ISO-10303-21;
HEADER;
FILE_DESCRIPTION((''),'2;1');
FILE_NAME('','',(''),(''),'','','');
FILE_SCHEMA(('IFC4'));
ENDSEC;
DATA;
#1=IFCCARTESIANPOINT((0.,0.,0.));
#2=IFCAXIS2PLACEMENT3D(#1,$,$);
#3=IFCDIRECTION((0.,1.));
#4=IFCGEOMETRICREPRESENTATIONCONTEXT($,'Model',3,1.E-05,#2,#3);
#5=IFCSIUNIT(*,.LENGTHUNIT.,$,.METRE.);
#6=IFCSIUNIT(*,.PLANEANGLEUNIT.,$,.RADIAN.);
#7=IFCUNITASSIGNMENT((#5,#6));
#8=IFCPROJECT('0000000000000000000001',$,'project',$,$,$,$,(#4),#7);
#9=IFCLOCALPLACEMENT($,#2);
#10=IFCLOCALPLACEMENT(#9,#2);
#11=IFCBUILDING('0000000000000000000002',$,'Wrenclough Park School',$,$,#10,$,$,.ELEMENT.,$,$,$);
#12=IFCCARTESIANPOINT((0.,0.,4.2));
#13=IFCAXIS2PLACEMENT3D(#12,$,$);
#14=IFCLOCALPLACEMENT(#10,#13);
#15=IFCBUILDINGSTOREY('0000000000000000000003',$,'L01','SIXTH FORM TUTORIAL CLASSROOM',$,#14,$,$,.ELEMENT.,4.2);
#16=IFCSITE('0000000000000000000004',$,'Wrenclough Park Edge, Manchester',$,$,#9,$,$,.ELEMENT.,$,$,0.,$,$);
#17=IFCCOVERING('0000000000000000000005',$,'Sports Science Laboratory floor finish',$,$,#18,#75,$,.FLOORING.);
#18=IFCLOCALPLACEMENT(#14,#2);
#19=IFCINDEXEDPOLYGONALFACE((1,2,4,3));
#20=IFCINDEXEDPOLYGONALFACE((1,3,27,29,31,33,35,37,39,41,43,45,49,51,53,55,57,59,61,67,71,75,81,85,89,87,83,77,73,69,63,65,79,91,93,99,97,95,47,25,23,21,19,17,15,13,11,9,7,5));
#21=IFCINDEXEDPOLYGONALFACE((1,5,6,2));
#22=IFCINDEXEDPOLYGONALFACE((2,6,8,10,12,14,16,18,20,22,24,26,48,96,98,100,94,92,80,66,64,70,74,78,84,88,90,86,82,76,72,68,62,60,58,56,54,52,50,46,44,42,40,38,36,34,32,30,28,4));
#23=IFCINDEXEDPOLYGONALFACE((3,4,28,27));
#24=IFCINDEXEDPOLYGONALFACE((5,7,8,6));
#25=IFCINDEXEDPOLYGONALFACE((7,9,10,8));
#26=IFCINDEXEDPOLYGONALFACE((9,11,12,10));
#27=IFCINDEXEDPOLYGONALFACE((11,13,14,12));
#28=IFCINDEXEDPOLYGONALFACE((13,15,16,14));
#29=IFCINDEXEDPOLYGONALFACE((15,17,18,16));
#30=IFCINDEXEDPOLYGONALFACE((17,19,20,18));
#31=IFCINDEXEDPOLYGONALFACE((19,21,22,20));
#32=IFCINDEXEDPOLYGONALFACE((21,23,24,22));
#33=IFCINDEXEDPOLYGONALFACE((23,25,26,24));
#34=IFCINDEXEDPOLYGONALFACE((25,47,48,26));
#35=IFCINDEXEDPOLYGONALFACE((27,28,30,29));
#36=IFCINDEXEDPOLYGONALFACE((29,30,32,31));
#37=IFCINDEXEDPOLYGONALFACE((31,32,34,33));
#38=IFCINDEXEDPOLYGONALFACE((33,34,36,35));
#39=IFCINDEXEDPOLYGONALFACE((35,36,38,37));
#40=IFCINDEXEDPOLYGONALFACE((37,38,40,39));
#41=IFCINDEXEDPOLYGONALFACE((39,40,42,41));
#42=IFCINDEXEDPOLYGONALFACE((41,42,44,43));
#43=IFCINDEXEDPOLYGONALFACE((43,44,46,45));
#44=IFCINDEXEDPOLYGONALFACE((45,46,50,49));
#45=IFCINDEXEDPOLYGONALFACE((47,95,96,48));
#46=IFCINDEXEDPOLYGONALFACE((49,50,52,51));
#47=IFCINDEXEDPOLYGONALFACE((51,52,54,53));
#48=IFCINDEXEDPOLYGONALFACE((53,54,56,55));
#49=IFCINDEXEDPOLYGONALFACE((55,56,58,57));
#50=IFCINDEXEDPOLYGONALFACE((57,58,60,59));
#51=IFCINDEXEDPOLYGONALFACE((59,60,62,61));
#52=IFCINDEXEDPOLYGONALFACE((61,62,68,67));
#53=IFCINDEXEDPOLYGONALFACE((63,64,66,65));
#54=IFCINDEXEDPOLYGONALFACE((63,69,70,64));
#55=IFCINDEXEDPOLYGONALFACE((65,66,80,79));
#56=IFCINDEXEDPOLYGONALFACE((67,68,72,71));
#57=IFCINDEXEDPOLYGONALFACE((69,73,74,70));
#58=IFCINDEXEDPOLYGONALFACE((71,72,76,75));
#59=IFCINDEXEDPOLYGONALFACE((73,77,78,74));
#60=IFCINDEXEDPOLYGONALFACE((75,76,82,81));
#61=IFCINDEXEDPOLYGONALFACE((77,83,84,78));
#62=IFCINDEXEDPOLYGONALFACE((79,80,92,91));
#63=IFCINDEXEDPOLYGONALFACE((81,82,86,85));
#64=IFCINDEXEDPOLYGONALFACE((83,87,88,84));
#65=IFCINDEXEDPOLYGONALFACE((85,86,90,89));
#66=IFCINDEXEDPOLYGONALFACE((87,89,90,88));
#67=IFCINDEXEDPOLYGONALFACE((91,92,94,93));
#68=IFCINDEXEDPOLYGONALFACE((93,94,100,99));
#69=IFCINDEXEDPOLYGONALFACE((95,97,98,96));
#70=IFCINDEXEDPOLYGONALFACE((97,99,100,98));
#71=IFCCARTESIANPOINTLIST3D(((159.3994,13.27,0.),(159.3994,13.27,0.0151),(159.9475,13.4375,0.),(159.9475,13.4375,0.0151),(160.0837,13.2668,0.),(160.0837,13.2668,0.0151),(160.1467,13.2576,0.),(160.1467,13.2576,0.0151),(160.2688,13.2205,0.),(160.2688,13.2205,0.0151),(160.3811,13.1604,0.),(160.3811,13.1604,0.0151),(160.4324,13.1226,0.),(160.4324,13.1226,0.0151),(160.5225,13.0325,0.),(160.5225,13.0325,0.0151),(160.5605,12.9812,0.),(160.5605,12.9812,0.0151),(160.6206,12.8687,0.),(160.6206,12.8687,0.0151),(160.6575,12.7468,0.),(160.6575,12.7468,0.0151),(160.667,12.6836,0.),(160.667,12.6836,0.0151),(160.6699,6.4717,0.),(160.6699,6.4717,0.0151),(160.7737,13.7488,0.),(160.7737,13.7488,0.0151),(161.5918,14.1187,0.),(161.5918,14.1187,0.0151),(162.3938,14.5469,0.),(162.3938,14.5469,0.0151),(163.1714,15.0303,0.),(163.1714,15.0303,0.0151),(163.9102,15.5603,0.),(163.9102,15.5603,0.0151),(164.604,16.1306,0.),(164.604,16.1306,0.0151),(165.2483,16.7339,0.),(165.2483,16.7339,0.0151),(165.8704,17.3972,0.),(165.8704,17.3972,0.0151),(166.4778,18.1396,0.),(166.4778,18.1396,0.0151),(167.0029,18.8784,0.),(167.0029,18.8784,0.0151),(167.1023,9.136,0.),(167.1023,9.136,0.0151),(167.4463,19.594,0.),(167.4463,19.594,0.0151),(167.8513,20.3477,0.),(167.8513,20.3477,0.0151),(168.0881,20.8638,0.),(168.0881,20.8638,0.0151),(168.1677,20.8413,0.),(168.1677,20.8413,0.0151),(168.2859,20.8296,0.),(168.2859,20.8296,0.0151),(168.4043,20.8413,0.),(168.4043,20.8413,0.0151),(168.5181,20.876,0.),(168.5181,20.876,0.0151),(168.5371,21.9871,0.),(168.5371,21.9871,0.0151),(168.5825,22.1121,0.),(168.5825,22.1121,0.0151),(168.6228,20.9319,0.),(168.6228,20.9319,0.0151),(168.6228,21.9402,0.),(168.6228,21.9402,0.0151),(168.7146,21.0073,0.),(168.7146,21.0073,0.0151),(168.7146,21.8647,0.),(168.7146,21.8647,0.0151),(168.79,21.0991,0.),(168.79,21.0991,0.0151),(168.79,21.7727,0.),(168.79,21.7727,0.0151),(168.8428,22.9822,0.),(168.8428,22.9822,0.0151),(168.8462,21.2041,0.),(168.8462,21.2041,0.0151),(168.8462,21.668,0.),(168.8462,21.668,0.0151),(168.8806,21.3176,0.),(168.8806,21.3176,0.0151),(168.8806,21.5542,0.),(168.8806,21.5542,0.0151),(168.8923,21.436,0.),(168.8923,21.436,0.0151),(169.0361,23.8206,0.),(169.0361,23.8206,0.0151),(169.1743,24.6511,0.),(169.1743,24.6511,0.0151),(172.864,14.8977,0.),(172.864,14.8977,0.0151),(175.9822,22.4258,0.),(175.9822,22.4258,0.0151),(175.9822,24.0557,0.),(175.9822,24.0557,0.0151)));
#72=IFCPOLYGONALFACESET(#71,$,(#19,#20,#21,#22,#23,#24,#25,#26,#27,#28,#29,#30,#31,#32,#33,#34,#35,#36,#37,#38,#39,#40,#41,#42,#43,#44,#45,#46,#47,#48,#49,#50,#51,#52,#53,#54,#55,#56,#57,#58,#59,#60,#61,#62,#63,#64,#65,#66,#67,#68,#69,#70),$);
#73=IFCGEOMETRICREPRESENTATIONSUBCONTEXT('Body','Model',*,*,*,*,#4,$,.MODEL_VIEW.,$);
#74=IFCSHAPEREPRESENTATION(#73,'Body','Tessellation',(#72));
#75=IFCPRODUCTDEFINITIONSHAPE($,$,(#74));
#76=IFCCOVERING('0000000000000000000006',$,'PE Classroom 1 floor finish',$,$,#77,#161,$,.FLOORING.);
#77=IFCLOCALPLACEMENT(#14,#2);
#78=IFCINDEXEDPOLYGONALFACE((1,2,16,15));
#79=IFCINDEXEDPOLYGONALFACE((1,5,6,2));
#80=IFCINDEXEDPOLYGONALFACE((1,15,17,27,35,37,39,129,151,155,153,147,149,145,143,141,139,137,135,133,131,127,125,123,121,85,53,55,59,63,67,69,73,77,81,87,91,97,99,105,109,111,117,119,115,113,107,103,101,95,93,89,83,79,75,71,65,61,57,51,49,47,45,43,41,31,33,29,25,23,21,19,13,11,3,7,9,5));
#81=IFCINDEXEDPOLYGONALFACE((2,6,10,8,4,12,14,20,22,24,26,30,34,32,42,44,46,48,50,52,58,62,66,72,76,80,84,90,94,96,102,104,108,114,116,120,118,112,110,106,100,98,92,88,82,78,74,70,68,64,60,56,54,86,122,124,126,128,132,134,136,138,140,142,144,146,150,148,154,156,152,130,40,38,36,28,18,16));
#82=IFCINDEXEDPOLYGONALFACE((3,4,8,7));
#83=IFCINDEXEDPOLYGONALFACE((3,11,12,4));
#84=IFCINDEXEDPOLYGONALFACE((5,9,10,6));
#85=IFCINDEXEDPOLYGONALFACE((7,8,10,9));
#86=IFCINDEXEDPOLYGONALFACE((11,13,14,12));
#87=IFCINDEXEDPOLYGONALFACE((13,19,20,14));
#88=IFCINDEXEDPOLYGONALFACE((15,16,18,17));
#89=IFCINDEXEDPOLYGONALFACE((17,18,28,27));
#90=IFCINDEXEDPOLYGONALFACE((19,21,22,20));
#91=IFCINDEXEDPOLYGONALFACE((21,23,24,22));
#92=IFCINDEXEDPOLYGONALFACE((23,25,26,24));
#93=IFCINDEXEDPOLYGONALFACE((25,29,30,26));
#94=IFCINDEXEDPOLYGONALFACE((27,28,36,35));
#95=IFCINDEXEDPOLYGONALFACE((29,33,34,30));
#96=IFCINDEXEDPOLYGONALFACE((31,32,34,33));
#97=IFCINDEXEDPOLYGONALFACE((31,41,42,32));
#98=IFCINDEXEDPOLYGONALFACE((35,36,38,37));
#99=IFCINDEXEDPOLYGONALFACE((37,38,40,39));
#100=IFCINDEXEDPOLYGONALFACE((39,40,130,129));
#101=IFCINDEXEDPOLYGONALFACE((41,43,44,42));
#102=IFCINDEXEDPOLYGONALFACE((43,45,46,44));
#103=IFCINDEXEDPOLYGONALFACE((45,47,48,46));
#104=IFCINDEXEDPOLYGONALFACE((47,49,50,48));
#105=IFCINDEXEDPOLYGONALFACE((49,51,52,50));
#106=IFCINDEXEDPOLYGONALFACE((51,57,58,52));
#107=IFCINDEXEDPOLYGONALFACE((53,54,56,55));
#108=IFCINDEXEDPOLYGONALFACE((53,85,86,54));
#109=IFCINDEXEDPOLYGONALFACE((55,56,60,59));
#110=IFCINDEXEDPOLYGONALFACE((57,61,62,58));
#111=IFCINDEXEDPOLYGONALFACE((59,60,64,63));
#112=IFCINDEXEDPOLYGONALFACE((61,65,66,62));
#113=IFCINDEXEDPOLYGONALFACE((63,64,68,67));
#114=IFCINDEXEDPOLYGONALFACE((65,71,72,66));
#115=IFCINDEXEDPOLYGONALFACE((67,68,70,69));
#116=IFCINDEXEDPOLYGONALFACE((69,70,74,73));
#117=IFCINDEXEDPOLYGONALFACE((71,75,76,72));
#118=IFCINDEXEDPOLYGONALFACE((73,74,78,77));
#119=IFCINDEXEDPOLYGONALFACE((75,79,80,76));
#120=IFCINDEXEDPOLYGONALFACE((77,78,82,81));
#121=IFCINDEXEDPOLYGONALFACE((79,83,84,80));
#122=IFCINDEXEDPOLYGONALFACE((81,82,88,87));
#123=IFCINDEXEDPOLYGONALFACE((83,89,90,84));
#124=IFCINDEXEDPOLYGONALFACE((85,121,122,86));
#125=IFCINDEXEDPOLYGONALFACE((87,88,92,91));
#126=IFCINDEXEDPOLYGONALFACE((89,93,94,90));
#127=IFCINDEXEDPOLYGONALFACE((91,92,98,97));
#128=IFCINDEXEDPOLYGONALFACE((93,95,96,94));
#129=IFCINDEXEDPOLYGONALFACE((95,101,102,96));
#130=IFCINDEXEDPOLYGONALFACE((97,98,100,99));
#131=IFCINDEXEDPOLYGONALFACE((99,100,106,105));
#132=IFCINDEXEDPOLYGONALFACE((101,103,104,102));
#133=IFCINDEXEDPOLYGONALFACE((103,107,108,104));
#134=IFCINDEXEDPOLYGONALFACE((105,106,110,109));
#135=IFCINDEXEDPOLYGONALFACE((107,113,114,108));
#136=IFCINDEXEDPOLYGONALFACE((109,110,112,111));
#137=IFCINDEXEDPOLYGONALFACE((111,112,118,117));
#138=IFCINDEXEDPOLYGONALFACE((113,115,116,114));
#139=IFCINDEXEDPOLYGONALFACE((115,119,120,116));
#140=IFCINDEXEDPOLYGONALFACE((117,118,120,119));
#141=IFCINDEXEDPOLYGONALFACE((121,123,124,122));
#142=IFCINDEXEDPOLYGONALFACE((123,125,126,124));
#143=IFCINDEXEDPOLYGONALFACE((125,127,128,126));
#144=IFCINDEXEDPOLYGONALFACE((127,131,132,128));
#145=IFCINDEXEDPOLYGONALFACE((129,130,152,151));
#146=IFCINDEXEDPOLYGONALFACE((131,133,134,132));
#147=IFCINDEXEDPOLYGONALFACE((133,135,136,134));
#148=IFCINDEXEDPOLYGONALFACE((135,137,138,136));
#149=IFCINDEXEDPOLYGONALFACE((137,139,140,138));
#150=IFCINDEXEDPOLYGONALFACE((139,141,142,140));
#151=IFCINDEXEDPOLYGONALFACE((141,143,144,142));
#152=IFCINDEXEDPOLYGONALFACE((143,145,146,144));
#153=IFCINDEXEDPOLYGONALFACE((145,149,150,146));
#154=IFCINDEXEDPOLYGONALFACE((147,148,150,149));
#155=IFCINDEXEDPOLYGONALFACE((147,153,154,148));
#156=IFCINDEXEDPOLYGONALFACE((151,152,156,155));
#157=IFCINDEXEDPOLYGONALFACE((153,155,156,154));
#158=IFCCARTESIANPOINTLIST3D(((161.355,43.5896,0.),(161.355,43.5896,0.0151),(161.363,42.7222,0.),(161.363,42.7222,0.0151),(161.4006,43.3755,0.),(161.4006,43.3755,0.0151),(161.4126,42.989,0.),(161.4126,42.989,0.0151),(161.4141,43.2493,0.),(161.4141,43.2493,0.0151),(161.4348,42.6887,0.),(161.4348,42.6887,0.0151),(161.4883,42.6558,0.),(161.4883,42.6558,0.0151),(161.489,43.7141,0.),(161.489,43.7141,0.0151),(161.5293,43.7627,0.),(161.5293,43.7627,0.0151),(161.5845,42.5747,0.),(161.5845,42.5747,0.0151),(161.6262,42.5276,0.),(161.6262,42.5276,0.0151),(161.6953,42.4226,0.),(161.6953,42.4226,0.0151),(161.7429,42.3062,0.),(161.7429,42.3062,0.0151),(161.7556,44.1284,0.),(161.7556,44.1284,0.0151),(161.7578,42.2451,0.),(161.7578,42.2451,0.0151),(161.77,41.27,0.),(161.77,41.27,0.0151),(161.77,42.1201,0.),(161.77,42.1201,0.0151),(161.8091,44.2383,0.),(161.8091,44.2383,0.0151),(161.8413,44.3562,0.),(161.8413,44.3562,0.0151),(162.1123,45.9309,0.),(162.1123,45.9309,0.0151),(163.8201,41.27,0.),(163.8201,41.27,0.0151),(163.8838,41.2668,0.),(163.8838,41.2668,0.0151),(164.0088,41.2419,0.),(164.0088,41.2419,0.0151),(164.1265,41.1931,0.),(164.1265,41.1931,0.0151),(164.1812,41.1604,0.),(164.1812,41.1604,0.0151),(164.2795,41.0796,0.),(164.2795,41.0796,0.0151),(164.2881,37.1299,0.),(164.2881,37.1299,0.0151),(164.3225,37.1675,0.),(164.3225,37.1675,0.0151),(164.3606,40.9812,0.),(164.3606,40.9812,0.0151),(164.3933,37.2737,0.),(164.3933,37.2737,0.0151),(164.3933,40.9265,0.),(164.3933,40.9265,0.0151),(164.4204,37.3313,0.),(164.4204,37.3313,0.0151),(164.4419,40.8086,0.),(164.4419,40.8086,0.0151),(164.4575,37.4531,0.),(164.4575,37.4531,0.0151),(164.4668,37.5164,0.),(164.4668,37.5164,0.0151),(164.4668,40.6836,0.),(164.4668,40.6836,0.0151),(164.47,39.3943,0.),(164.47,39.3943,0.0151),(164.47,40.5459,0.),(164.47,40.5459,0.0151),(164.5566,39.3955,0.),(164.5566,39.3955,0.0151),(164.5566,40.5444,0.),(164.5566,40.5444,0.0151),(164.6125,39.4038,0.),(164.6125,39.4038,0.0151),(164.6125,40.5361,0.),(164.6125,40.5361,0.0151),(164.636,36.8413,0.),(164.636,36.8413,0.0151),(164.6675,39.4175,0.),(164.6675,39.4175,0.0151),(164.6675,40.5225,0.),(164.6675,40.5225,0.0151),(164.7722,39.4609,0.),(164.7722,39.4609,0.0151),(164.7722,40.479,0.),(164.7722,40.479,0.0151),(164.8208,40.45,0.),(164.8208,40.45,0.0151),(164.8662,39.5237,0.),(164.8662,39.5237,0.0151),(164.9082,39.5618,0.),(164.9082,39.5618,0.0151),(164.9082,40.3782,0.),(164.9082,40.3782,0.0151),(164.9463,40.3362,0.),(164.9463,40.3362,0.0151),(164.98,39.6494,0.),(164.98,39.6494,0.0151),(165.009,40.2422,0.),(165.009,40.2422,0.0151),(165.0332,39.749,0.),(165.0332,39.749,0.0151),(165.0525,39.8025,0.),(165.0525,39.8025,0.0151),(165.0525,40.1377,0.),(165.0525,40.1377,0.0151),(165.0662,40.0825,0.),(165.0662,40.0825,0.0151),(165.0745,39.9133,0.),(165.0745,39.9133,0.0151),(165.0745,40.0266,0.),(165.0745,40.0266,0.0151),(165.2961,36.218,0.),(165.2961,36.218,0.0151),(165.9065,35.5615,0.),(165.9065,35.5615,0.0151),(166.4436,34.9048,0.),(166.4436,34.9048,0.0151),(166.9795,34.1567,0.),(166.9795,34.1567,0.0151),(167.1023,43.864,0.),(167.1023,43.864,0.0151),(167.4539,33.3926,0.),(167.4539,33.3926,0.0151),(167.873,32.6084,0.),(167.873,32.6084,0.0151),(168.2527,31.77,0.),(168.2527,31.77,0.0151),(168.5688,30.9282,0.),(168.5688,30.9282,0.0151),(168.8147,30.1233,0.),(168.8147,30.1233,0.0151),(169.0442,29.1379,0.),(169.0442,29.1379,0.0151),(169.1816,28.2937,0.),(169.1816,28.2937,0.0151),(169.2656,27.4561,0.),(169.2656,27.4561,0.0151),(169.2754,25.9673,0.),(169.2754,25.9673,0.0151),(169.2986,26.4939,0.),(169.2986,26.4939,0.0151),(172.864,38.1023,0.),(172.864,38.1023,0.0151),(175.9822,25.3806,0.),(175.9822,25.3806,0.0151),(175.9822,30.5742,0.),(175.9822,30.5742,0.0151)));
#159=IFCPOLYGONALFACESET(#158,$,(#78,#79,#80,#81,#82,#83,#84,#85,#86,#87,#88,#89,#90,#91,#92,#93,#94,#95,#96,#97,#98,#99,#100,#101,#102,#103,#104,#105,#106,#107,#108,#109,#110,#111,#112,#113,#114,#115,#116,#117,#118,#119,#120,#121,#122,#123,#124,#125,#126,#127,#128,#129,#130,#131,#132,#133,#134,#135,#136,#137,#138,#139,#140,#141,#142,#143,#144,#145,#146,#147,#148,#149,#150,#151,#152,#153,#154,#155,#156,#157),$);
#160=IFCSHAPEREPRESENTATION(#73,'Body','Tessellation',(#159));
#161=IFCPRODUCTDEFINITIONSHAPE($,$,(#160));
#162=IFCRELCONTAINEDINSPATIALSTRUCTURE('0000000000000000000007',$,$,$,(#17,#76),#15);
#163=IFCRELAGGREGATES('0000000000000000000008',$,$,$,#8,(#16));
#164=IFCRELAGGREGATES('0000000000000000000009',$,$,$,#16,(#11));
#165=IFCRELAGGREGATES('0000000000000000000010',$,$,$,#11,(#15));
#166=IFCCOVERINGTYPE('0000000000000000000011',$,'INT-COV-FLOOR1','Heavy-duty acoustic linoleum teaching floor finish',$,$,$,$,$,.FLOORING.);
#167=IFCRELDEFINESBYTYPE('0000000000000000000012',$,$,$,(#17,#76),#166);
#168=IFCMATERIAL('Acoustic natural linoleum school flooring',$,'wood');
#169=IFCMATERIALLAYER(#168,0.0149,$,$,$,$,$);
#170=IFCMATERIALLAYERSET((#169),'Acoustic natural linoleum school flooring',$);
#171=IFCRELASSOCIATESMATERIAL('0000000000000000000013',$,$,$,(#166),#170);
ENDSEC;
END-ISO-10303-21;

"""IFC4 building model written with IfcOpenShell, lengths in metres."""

from ifc_helpers import new_model, si_unit, direction, frame, origin, place, context, subcontext, project, spatial, polyline, outline, extrude, material, layer, layer_set, type_object, element, save


model = new_model("IFC4")

# Units and contexts
model_context = context("Model", 3, precision=1e-05, world=origin(), true_north=direction((0.0, 1.0)))
body_context = subcontext(model_context, "Body", "Model", "MODEL_VIEW")
ifc_project = project(units=[si_unit("LENGTHUNIT", "METRE"), si_unit("PLANEANGLEUNIT", "RADIAN")], contexts=[model_context])

# Site, building, storey
site_placement = place(None, origin())
site = spatial("IfcSite", under=ifc_project, at=site_placement, Name="Wrenclough Park Edge, Manchester", CompositionType="ELEMENT", RefElevation=0.0)
building_placement = place(site_placement, origin())
building = spatial("IfcBuilding", under=site, at=building_placement, Name="Wrenclough Park School", CompositionType="ELEMENT")
storey_placement = place(building_placement, frame((0.0, 0.0, 4.2)))
storey = spatial("IfcBuildingStorey", under=building, at=storey_placement, Name="L01", Description="SIXTH FORM TUTORIAL CLASSROOM", CompositionType="ELEMENT", Elevation=4.2)

# Coverings
ifc_material_1 = material(Name="Acoustic natural linoleum school flooring", Category="wood")
ifc_layer_1 = layer(ifc_material_1, 0.0149)
ifc_layer_set_1 = layer_set([ifc_layer_1], Name="Acoustic natural linoleum school flooring")
covering_type_1 = type_object("IfcCoveringType", Name="INT-COV-FLOOR1", Description="Heavy-duty acoustic linoleum teaching floor finish", PredefinedType="FLOORING", material=ifc_layer_set_1)
covering_1_placement = place(storey_placement, origin())
element("IfcCovering", 1, at=covering_1_placement, inside=storey, type_object=covering_type_1, Name="Sports Science Laboratory floor finish", PredefinedType="FLOORING", context=body_context, shape_type="SweptSolid", body=[
    extrude(outline(polyline([(159.9475, 13.4375), (159.3994, 13.27), (160.0837, 13.2668), (160.1467, 13.2576), (160.2688, 13.2205), (160.3811, 13.1604), (160.4324, 13.1226), (160.5225, 13.0325), (160.5605, 12.9812), (160.6206, 12.8687), (160.6575, 12.7468), (160.667, 12.6836), (160.6699, 6.4717), (167.1023, 9.136), (172.864, 14.8977), (175.9822, 22.4258), (175.9822, 24.0557), (169.1743, 24.6511), (169.0361, 23.8206), (168.8428, 22.9822), (168.5825, 22.1121), (168.5371, 21.9871), (168.6228, 21.9402), (168.7146, 21.8647), (168.79, 21.7727), (168.8462, 21.668), (168.8806, 21.5542), (168.8923, 21.436), (168.8806, 21.3176), (168.8462, 21.2041), (168.79, 21.0991), (168.7146, 21.0073), (168.6228, 20.9319), (168.5181, 20.876), (168.4043, 20.8413), (168.2859, 20.8296), (168.1677, 20.8413), (168.0881, 20.8638), (167.8513, 20.3477), (167.4463, 19.594), (167.0029, 18.8784), (166.4778, 18.1396), (165.8704, 17.3972), (165.2483, 16.7339), (164.604, 16.1306), (163.9102, 15.5603), (163.1714, 15.0303), (162.3938, 14.5469), (161.5918, 14.1187), (160.7737, 13.7488), (159.9475, 13.4375)])), origin(), (0.0, 0.0, 1.0), 0.0151),
])
covering_2_placement = place(storey_placement, origin())
element("IfcCovering", 2, at=covering_2_placement, inside=storey, type_object=covering_type_1, Name="PE Classroom 1 floor finish", PredefinedType="FLOORING", context=body_context, shape_type="SweptSolid", body=[
    extrude(outline(polyline([(164.3225, 37.1675), (164.2881, 37.1299), (164.636, 36.8413), (165.2961, 36.218), (165.9065, 35.5615), (166.4436, 34.9048), (166.9795, 34.1567), (167.4539, 33.3926), (167.873, 32.6084), (168.2527, 31.77), (168.5688, 30.9282), (168.8147, 30.1233), (169.0442, 29.1379), (169.1816, 28.2937), (169.2656, 27.4561), (169.2986, 26.4939), (169.2754, 25.9673), (175.9822, 25.3806), (175.9822, 30.5742), (172.864, 38.1023), (167.1023, 43.864), (162.1123, 45.9309), (161.8413, 44.3562), (161.8091, 44.2383), (161.7556, 44.1284), (161.5293, 43.7627), (161.489, 43.7141), (161.355, 43.5896), (161.4006, 43.3755), (161.4141, 43.2493), (161.4126, 42.989), (161.363, 42.7222), (161.4348, 42.6887), (161.4883, 42.6558), (161.5845, 42.5747), (161.6262, 42.5276), (161.6953, 42.4226), (161.7429, 42.3062), (161.7578, 42.2451), (161.77, 42.1201), (161.77, 41.27), (163.8201, 41.27), (163.8838, 41.2668), (164.0088, 41.2419), (164.1265, 41.1931), (164.1812, 41.1604), (164.2795, 41.0796), (164.3606, 40.9812), (164.3933, 40.9265), (164.4419, 40.8086), (164.4668, 40.6836), (164.47, 40.5459), (164.5566, 40.5444), (164.6125, 40.5361), (164.6675, 40.5225), (164.7722, 40.479), (164.8208, 40.45), (164.9082, 40.3782), (164.9463, 40.3362), (165.009, 40.2422), (165.0525, 40.1377), (165.0662, 40.0825), (165.0745, 40.0266), (165.0745, 39.9133), (165.0525, 39.8025), (165.0332, 39.749), (164.98, 39.6494), (164.9082, 39.5618), (164.8662, 39.5237), (164.7722, 39.4609), (164.6675, 39.4175), (164.6125, 39.4038), (164.5566, 39.3955), (164.47, 39.3943), (164.4668, 37.5164), (164.4575, 37.4531), (164.4204, 37.3313), (164.3933, 37.2737), (164.3225, 37.1675)])), origin(), (0.0, 0.0, 1.0), 0.0151),
])

save(model, "model.ifc")
